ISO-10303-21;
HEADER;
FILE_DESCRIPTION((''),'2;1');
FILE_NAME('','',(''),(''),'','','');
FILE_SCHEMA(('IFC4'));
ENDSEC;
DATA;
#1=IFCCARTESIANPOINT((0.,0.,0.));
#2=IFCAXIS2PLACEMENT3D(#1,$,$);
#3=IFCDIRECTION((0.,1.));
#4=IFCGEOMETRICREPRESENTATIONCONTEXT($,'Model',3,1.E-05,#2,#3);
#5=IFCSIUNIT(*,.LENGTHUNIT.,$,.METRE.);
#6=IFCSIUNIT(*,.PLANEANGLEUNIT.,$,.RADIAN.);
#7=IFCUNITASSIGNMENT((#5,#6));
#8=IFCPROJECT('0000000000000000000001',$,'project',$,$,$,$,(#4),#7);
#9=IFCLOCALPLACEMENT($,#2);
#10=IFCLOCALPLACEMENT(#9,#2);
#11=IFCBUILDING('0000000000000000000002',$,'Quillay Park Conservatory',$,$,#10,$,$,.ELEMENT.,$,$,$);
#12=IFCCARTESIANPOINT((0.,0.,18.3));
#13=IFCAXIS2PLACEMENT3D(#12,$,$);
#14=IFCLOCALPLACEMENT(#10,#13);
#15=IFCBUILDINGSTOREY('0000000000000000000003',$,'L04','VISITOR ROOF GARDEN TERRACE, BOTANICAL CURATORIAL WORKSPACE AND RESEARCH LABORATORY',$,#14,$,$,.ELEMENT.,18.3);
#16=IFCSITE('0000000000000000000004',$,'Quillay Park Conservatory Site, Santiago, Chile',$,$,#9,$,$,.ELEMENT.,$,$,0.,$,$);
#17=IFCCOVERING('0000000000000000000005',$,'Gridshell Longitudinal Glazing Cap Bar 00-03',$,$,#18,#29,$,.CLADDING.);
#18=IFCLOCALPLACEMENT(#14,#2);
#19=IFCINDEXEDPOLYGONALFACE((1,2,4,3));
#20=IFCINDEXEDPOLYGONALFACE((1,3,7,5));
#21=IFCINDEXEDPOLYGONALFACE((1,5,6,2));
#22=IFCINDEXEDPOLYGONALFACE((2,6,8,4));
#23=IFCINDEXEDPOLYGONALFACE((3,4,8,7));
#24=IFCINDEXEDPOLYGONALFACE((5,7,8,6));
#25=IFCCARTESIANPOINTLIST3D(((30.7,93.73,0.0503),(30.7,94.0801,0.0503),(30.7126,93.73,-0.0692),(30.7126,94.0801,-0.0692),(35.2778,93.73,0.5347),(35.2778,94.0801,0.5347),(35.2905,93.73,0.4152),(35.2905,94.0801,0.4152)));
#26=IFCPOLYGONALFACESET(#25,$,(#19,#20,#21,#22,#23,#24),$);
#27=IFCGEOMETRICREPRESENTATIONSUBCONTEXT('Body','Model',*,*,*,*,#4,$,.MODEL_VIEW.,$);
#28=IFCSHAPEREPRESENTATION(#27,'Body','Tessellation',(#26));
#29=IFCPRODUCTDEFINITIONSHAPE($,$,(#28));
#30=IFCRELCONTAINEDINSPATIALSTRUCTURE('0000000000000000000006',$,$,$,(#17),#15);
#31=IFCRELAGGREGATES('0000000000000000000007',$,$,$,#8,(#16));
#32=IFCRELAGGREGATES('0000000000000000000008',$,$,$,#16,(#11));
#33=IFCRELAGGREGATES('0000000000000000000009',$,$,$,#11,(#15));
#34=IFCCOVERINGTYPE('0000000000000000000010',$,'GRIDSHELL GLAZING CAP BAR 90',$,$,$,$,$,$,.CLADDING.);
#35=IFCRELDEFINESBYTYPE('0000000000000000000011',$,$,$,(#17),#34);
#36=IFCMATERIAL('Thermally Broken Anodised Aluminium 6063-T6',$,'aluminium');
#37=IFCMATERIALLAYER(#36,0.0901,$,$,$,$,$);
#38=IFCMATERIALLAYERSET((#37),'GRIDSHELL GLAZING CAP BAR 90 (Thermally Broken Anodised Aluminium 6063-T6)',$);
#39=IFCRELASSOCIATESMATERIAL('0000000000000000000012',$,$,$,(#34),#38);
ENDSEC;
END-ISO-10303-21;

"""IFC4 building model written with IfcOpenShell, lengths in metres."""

from ifc_helpers import new_model, si_unit, direction, frame, origin, place, context, subcontext, project, spatial, polyline, outline, extrude, material, layer, layer_set, type_object, element, save


model = new_model("IFC4")

# Units and contexts
model_context = context("Model", 3, precision=1e-05, world=origin(), true_north=direction((0.0, 1.0)))
body_context = subcontext(model_context, "Body", "Model", "MODEL_VIEW")
ifc_project = project(units=[si_unit("LENGTHUNIT", "METRE"), si_unit("PLANEANGLEUNIT", "RADIAN")], contexts=[model_context])

# Site, building, storey
site_placement = place(None, origin())
site = spatial("IfcSite", under=ifc_project, at=site_placement, Name="Quillay Park Conservatory Site, Santiago, Chile", CompositionType="ELEMENT", RefElevation=0.0)
building_placement = place(site_placement, origin())
building = spatial("IfcBuilding", under=site, at=building_placement, Name="Quillay Park Conservatory", CompositionType="ELEMENT")
storey_placement = place(building_placement, frame((0.0, 0.0, 18.3)))
storey = spatial("IfcBuildingStorey", under=building, at=storey_placement, Name="L04", Description="VISITOR ROOF GARDEN TERRACE, BOTANICAL CURATORIAL WORKSPACE AND RESEARCH LABORATORY", CompositionType="ELEMENT", Elevation=18.3)

# Covering
ifc_material_1 = material(Name="Thermally Broken Anodised Aluminium 6063-T6", Category="aluminium")
ifc_layer_1 = layer(ifc_material_1, 0.0901)
ifc_layer_set_1 = layer_set([ifc_layer_1], Name="GRIDSHELL GLAZING CAP BAR 90 (Thermally Broken Anodised Aluminium 6063-T6)")
covering_type = type_object("IfcCoveringType", Name="GRIDSHELL GLAZING CAP BAR 90", PredefinedType="CLADDING", material=ifc_layer_set_1)
covering_1_placement = place(storey_placement, frame((30.7, 93.73, 0.0503), z_axis=(-0.10522, 0.0, 0.994449), x_axis=(0.994449, 0.0, 0.10522)))
element("IfcCovering", 1, at=covering_1_placement, inside=storey, type_object=covering_type, Name="Gridshell Longitudinal Glazing Cap Bar 00-03", PredefinedType="CLADDING", context=body_context, shape_type="SweptSolid", body=[
    extrude(outline(polyline([(0.0, 0.0), (4.6034, 0.0), (4.6034, 0.3501), (0.0, 0.3501), (0.0, 0.0)])), origin(), (0.0, 0.0, -1.0), 0.1201),
])

save(model, "model.ifc")
